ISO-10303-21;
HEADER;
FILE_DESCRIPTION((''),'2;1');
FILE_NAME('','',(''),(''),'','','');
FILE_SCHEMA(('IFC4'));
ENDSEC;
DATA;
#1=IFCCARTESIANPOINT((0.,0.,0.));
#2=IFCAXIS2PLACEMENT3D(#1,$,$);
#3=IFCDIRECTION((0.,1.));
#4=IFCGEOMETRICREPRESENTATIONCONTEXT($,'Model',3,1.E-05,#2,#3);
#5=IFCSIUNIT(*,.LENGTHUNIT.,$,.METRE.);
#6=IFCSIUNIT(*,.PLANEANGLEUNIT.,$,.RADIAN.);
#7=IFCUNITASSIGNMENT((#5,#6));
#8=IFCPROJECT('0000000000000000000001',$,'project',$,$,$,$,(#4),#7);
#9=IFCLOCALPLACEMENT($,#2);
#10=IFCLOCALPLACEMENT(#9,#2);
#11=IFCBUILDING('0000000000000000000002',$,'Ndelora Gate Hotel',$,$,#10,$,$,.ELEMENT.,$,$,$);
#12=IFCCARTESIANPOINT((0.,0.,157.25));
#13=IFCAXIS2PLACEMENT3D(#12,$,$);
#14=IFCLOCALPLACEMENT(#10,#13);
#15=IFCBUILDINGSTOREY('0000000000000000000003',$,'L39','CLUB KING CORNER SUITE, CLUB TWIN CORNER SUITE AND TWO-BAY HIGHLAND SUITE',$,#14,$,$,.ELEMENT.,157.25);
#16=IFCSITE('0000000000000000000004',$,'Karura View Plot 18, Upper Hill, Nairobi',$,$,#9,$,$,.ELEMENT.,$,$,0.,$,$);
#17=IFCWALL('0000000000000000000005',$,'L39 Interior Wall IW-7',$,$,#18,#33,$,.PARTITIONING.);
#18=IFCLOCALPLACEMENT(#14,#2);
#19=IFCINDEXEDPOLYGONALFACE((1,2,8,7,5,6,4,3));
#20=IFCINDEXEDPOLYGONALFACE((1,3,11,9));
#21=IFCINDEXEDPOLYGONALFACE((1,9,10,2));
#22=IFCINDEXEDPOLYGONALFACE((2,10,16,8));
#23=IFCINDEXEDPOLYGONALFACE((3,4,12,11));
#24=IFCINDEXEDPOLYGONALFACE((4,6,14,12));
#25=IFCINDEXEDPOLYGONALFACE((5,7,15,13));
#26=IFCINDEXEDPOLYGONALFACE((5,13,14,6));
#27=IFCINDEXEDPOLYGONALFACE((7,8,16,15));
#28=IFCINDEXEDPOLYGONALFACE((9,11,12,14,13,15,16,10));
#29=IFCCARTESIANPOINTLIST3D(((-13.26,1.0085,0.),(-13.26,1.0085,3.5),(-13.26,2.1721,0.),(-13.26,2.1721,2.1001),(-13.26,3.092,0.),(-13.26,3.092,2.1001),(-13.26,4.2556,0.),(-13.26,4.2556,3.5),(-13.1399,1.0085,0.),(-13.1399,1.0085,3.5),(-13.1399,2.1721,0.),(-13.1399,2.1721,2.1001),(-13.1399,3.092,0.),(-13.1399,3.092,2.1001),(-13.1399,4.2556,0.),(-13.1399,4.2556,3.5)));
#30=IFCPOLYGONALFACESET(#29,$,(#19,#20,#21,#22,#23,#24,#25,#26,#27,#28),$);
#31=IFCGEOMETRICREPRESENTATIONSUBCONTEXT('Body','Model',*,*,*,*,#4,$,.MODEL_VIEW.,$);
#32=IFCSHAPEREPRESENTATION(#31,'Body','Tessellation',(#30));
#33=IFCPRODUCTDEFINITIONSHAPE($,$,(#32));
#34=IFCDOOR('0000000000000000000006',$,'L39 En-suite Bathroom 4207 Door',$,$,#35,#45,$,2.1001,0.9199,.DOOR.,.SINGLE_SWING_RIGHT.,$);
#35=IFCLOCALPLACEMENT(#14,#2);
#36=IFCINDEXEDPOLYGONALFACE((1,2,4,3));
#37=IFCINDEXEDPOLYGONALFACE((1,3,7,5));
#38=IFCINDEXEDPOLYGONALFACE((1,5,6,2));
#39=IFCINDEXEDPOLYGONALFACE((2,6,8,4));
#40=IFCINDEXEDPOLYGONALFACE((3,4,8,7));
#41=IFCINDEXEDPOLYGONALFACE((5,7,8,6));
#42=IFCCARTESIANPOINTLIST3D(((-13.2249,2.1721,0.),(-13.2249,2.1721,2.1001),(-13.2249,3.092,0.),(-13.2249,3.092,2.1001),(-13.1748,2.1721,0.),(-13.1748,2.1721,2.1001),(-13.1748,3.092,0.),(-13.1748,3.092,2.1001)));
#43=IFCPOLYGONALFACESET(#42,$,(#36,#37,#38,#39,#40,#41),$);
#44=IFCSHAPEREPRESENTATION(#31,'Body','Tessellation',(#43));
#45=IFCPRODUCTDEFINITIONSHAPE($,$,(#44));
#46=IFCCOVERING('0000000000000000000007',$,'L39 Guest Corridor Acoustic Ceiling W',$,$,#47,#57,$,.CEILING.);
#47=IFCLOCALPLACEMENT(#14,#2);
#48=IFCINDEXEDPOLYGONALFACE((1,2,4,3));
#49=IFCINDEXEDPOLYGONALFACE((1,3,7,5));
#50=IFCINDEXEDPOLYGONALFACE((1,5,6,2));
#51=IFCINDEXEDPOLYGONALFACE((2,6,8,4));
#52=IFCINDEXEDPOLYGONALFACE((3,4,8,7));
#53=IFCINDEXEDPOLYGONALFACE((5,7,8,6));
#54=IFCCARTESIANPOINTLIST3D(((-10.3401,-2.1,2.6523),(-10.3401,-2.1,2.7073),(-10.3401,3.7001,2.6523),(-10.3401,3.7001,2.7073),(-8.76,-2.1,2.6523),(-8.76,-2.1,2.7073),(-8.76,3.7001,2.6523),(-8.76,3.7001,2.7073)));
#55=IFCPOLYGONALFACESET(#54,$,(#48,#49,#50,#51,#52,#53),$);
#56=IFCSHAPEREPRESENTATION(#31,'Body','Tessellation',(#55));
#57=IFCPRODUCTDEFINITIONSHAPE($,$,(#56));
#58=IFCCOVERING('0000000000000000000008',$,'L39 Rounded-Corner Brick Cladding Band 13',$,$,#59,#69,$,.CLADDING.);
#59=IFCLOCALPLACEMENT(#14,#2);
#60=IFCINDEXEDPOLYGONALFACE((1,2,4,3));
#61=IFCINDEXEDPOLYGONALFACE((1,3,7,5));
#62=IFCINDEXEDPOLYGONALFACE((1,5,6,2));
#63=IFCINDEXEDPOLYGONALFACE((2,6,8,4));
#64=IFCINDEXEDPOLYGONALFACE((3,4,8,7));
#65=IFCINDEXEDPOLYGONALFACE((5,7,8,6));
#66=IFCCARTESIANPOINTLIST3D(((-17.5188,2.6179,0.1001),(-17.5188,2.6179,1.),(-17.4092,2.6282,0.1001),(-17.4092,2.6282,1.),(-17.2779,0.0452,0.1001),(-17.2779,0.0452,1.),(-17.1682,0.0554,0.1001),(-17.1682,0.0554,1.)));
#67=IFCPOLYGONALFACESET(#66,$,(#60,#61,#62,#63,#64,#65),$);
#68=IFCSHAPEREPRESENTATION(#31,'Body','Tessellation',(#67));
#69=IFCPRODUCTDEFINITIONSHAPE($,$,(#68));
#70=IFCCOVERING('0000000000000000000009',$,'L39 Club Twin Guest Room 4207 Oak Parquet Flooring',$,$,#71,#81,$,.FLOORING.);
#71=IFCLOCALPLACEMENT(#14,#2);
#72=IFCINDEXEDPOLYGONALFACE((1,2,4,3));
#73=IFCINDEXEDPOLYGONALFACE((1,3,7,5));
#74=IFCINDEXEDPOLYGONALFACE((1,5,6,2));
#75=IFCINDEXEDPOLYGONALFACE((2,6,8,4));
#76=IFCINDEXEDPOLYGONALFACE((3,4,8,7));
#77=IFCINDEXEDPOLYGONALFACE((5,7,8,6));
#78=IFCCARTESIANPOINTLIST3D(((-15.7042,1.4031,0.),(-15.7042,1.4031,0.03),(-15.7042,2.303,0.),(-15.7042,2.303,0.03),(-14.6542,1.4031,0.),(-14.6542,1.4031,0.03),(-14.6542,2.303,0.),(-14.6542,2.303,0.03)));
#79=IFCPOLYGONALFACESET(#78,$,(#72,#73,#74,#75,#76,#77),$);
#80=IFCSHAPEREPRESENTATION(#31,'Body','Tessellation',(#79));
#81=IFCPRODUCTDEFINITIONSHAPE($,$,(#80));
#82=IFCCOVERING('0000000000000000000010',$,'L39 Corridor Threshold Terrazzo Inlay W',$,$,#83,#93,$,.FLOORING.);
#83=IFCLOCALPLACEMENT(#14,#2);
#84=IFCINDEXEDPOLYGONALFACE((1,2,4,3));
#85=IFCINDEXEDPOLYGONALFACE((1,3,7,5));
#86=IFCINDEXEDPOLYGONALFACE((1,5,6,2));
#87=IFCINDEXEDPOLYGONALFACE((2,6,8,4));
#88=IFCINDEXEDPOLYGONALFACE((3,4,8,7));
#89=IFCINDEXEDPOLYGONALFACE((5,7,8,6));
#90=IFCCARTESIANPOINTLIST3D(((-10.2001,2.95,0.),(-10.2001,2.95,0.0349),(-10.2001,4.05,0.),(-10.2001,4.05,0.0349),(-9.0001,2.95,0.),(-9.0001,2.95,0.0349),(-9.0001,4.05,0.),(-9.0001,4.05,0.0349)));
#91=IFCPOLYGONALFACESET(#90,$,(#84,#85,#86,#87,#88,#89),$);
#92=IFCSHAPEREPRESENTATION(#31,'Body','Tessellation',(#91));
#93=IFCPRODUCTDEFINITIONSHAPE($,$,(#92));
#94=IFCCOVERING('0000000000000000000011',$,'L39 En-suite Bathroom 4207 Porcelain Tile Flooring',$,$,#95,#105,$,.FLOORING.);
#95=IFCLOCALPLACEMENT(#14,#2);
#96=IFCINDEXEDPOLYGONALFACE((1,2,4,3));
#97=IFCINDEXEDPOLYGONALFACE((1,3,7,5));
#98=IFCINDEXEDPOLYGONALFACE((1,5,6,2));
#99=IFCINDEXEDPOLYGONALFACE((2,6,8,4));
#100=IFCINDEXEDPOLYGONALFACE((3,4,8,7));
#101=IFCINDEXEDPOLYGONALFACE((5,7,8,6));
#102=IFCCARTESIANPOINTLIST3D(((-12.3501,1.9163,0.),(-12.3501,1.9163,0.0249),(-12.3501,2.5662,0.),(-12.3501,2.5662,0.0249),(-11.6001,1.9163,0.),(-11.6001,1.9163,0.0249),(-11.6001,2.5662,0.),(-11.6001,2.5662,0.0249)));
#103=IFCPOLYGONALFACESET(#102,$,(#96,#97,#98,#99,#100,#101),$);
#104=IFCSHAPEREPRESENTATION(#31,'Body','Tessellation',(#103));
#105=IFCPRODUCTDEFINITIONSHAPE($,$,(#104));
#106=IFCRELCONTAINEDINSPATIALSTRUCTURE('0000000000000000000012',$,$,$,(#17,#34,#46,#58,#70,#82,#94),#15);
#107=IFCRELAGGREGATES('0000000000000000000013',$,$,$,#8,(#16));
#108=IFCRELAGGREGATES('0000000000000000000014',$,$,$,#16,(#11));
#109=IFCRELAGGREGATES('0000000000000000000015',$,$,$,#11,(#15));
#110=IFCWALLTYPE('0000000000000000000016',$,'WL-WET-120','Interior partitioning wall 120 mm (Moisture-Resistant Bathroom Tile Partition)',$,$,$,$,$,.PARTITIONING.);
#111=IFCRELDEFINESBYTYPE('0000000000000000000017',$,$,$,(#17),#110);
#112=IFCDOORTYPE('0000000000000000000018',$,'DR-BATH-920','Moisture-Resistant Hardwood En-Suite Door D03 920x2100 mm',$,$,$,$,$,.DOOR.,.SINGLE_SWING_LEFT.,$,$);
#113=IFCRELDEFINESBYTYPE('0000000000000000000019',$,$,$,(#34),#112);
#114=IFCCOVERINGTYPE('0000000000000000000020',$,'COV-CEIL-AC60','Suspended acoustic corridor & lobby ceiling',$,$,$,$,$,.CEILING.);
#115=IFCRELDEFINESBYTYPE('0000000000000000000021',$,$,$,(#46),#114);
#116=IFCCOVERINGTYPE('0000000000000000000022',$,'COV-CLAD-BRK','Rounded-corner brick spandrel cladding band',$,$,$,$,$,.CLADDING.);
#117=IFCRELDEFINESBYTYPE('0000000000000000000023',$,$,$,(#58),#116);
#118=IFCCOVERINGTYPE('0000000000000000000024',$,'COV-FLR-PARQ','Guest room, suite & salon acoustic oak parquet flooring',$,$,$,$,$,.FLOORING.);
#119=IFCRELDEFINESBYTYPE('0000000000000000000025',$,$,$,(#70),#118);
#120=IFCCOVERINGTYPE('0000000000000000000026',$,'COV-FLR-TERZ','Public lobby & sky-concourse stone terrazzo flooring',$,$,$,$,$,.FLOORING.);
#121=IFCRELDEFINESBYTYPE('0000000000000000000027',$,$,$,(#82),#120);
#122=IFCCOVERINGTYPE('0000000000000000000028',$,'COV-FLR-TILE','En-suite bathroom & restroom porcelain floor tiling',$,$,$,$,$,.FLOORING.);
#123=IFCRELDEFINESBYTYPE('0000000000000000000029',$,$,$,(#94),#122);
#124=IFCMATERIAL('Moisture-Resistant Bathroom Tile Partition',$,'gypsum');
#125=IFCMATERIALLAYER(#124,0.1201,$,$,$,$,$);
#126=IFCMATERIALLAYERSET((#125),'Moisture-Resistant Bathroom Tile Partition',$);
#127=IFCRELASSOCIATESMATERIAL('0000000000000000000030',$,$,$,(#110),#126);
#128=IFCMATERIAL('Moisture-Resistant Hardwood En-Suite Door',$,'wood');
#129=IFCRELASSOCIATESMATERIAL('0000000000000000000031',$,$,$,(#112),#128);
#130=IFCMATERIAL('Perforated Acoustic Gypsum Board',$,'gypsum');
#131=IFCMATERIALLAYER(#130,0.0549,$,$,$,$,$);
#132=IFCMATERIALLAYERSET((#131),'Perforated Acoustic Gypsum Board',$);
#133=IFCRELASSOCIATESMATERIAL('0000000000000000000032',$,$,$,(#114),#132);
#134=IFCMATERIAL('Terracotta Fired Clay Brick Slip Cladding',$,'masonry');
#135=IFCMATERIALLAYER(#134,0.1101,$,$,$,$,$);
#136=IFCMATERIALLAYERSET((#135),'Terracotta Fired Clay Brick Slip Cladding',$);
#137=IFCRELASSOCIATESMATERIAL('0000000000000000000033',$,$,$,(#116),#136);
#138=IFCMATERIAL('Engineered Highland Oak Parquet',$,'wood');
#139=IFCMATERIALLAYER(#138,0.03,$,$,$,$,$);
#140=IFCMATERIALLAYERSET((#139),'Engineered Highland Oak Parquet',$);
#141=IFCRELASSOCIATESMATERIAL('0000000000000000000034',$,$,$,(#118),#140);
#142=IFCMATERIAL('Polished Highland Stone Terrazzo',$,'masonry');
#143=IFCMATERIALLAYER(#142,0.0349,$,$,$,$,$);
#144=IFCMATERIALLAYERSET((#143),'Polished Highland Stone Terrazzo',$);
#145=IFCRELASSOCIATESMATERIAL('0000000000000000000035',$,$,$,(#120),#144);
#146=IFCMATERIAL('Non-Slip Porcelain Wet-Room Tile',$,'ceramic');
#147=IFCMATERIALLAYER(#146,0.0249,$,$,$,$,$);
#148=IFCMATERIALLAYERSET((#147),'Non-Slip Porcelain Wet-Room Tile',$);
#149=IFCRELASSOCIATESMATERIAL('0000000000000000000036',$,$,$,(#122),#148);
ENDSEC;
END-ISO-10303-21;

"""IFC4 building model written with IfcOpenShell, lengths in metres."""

from ifc_helpers import new_model, si_unit, direction, frame, frame_2d, origin, origin_2d, place, context, subcontext, project, spatial, rectangle, extrude, material, layer, layer_set, type_object, element, fill, save


model = new_model("IFC4")

# Units and contexts
model_context = context("Model", 3, precision=1e-05, world=origin(), true_north=direction((0.0, 1.0)))
body_context = subcontext(model_context, "Body", "Model", "MODEL_VIEW")
ifc_project = project(units=[si_unit("LENGTHUNIT", "METRE"), si_unit("PLANEANGLEUNIT", "RADIAN")], contexts=[model_context])

# Site, building, storey
site_placement = place(None, origin())
site = spatial("IfcSite", under=ifc_project, at=site_placement, Name="Karura View Plot 18, Upper Hill, Nairobi", CompositionType="ELEMENT", RefElevation=0.0)
building_placement = place(site_placement, origin())
building = spatial("IfcBuilding", under=site, at=building_placement, Name="Ndelora Gate Hotel", CompositionType="ELEMENT")
storey_placement = place(building_placement, frame((0.0, 0.0, 157.25)))
storey = spatial("IfcBuildingStorey", under=building, at=storey_placement, Name="L39", Description="CLUB KING CORNER SUITE, CLUB TWIN CORNER SUITE AND TWO-BAY HIGHLAND SUITE", CompositionType="ELEMENT", Elevation=157.25)

# Shared definitions
ifc_material_1 = material(Name="Moisture-Resistant Bathroom Tile Partition", Category="gypsum")
ifc_layer_1 = layer(ifc_material_1, 0.1201)
ifc_layer_set_1 = layer_set([ifc_layer_1], Name="Moisture-Resistant Bathroom Tile Partition")
wall_type_1 = type_object("IfcWallType", Name="WL-WET-120", Description="Interior partitioning wall 120 mm (Moisture-Resistant Bathroom Tile Partition)", PredefinedType="PARTITIONING", material=ifc_layer_set_1)

# Wall, opening, door
wall_1_placement = place(storey_placement, frame((-13.2, 1.0085, 0.0), z_axis=(0.0, 0.0, 1.0), x_axis=(0.0, 1.0, 0.0)))
wall_1 = element("IfcWall", 1, at=wall_1_placement, inside=storey, type_object=wall_type_1, Name="L39 Interior Wall IW-7", PredefinedType="PARTITIONING", context=body_context, shape_type="SweptSolid", body=[
    extrude(rectangle(XDim=3.2471, YDim=0.1201, at=frame_2d((1.6235, 0.0))), origin(), (0.0, 0.0, 1.0), 3.5),
])
opening_1_placement = place(wall_1_placement, frame((1.1636, 0.0, 0.0)))
opening_1 = element("IfcOpeningElement", 2, at=opening_1_placement, cuts=wall_1, PredefinedType="OPENING", context=body_context, shape_type="SweptSolid", body=[
    extrude(rectangle(XDim=0.9199, YDim=2.1001, at=frame_2d((0.46, 1.05))), frame((0.0, 0.0701, 0.0), z_axis=(0.0, -1.0, 0.0), x_axis=(1.0, 0.0, 0.0)), (0.0, 0.0, 1.0), 0.1401),
])
ifc_material_2 = material(Name="Moisture-Resistant Hardwood En-Suite Door", Category="wood")
door_type_1 = type_object("IfcDoorType", Name="DR-BATH-920", Description="Moisture-Resistant Hardwood En-Suite Door D03 920x2100 mm", OperationType="SINGLE_SWING_LEFT", PredefinedType="DOOR", material=ifc_material_2)
door_1_placement = place(opening_1_placement, origin())
door_1 = element("IfcDoor", 3, at=door_1_placement, inside=storey, type_object=door_type_1, Name="L39 En-suite Bathroom 4207 Door", OperationType="SINGLE_SWING_RIGHT", OverallHeight=2.1001, OverallWidth=0.9199, PredefinedType="DOOR", context=body_context, shape_type="SweptSolid", body=[
    extrude(rectangle(XDim=0.9199, YDim=2.1001, at=frame_2d((0.46, 1.05))), frame((0.0, 0.0249, 0.0), z_axis=(0.0, -1.0, 0.0), x_axis=(1.0, 0.0, 0.0)), (0.0, 0.0, 1.0), 0.05),
])
fill(opening_1, door_1)

# Coverings
ifc_material_3 = material(Name="Perforated Acoustic Gypsum Board", Category="gypsum")
ifc_layer_2 = layer(ifc_material_3, 0.0549)
ifc_layer_set_2 = layer_set([ifc_layer_2], Name="Perforated Acoustic Gypsum Board")
covering_type_1 = type_object("IfcCoveringType", Name="COV-CEIL-AC60", Description="Suspended acoustic corridor & lobby ceiling", PredefinedType="CEILING", material=ifc_layer_set_2)
covering_1_placement = place(storey_placement, frame((-9.55, 0.8, 2.6523), z_axis=(0.0, 0.0, 1.0), x_axis=(1.0, 0.0, 0.0)))
element("IfcCovering", 4, at=covering_1_placement, inside=storey, type_object=covering_type_1, Name="L39 Guest Corridor Acoustic Ceiling W", PredefinedType="CEILING", context=body_context, shape_type="SweptSolid", body=[
    extrude(rectangle(XDim=1.5801, YDim=5.8, at=origin_2d()), origin(), (0.0, 0.0, 1.0), 0.0549),
])
ifc_material_4 = material(Name="Terracotta Fired Clay Brick Slip Cladding", Category="masonry")
ifc_layer_3 = layer(ifc_material_4, 0.1101)
ifc_layer_set_3 = layer_set([ifc_layer_3], Name="Terracotta Fired Clay Brick Slip Cladding")
covering_type_2 = type_object("IfcCoveringType", Name="COV-CLAD-BRK", Description="Rounded-corner brick spandrel cladding band", PredefinedType="CLADDING", material=ifc_layer_set_3)
covering_2_placement = place(storey_placement, frame((-17.3435, 1.3367, 0.1001), z_axis=(0.0, 0.0, 1.0), x_axis=(-0.093239, 0.995644, 0.0)))
element("IfcCovering", 5, at=covering_2_placement, inside=storey, type_object=covering_type_2, Name="L39 Rounded-Corner Brick Cladding Band 13", PredefinedType="CLADDING", context=body_context, shape_type="SweptSolid", body=[
    extrude(rectangle(XDim=2.584, YDim=0.1101, at=origin_2d()), origin(), (0.0, 0.0, 1.0), 0.8999),
])
ifc_material_5 = material(Name="Engineered Highland Oak Parquet", Category="wood")
ifc_layer_4 = layer(ifc_material_5, 0.03)
ifc_layer_set_4 = layer_set([ifc_layer_4], Name="Engineered Highland Oak Parquet")
covering_type_3 = type_object("IfcCoveringType", Name="COV-FLR-PARQ", Description="Guest room, suite & salon acoustic oak parquet flooring", PredefinedType="FLOORING", material=ifc_layer_set_4)
covering_3_placement = place(storey_placement, frame((-15.1792, 1.853, 0.0), z_axis=(0.0, 0.0, 1.0), x_axis=(1.0, 0.0, 0.0)))
element("IfcCovering", 6, at=covering_3_placement, inside=storey, type_object=covering_type_3, Name="L39 Club Twin Guest Room 4207 Oak Parquet Flooring", PredefinedType="FLOORING", context=body_context, shape_type="SweptSolid", body=[
    extrude(rectangle(XDim=1.05, YDim=0.8999, at=origin_2d()), origin(), (0.0, 0.0, 1.0), 0.03),
])
ifc_material_6 = material(Name="Polished Highland Stone Terrazzo", Category="masonry")
ifc_layer_5 = layer(ifc_material_6, 0.0349)
ifc_layer_set_5 = layer_set([ifc_layer_5], Name="Polished Highland Stone Terrazzo")
covering_type_4 = type_object("IfcCoveringType", Name="COV-FLR-TERZ", Description="Public lobby & sky-concourse stone terrazzo flooring", PredefinedType="FLOORING", material=ifc_layer_set_5)
covering_4_placement = place(storey_placement, frame((-9.6001, 3.5, 0.0), z_axis=(0.0, 0.0, 1.0), x_axis=(1.0, 0.0, 0.0)))
element("IfcCovering", 7, at=covering_4_placement, inside=storey, type_object=covering_type_4, Name="L39 Corridor Threshold Terrazzo Inlay W", PredefinedType="FLOORING", context=body_context, shape_type="SweptSolid", body=[
    extrude(rectangle(XDim=1.2, YDim=1.1001, at=origin_2d()), origin(), (0.0, 0.0, 1.0), 0.0349),
])
ifc_material_7 = material(Name="Non-Slip Porcelain Wet-Room Tile", Category="ceramic")
ifc_layer_6 = layer(ifc_material_7, 0.0249)
ifc_layer_set_6 = layer_set([ifc_layer_6], Name="Non-Slip Porcelain Wet-Room Tile")
covering_type_5 = type_object("IfcCoveringType", Name="COV-FLR-TILE", Description="En-suite bathroom & restroom porcelain floor tiling", PredefinedType="FLOORING", material=ifc_layer_set_6)
covering_5_placement = place(storey_placement, frame((-11.9751, 2.2412, 0.0), z_axis=(0.0, 0.0, 1.0), x_axis=(1.0, 0.0, 0.0)))
element("IfcCovering", 8, at=covering_5_placement, inside=storey, type_object=covering_type_5, Name="L39 En-suite Bathroom 4207 Porcelain Tile Flooring", PredefinedType="FLOORING", context=body_context, shape_type="SweptSolid", body=[
    extrude(rectangle(XDim=0.75, YDim=0.6499, at=origin_2d()), origin(), (0.0, 0.0, 1.0), 0.0249),
])

save(model, "model.ifc")
